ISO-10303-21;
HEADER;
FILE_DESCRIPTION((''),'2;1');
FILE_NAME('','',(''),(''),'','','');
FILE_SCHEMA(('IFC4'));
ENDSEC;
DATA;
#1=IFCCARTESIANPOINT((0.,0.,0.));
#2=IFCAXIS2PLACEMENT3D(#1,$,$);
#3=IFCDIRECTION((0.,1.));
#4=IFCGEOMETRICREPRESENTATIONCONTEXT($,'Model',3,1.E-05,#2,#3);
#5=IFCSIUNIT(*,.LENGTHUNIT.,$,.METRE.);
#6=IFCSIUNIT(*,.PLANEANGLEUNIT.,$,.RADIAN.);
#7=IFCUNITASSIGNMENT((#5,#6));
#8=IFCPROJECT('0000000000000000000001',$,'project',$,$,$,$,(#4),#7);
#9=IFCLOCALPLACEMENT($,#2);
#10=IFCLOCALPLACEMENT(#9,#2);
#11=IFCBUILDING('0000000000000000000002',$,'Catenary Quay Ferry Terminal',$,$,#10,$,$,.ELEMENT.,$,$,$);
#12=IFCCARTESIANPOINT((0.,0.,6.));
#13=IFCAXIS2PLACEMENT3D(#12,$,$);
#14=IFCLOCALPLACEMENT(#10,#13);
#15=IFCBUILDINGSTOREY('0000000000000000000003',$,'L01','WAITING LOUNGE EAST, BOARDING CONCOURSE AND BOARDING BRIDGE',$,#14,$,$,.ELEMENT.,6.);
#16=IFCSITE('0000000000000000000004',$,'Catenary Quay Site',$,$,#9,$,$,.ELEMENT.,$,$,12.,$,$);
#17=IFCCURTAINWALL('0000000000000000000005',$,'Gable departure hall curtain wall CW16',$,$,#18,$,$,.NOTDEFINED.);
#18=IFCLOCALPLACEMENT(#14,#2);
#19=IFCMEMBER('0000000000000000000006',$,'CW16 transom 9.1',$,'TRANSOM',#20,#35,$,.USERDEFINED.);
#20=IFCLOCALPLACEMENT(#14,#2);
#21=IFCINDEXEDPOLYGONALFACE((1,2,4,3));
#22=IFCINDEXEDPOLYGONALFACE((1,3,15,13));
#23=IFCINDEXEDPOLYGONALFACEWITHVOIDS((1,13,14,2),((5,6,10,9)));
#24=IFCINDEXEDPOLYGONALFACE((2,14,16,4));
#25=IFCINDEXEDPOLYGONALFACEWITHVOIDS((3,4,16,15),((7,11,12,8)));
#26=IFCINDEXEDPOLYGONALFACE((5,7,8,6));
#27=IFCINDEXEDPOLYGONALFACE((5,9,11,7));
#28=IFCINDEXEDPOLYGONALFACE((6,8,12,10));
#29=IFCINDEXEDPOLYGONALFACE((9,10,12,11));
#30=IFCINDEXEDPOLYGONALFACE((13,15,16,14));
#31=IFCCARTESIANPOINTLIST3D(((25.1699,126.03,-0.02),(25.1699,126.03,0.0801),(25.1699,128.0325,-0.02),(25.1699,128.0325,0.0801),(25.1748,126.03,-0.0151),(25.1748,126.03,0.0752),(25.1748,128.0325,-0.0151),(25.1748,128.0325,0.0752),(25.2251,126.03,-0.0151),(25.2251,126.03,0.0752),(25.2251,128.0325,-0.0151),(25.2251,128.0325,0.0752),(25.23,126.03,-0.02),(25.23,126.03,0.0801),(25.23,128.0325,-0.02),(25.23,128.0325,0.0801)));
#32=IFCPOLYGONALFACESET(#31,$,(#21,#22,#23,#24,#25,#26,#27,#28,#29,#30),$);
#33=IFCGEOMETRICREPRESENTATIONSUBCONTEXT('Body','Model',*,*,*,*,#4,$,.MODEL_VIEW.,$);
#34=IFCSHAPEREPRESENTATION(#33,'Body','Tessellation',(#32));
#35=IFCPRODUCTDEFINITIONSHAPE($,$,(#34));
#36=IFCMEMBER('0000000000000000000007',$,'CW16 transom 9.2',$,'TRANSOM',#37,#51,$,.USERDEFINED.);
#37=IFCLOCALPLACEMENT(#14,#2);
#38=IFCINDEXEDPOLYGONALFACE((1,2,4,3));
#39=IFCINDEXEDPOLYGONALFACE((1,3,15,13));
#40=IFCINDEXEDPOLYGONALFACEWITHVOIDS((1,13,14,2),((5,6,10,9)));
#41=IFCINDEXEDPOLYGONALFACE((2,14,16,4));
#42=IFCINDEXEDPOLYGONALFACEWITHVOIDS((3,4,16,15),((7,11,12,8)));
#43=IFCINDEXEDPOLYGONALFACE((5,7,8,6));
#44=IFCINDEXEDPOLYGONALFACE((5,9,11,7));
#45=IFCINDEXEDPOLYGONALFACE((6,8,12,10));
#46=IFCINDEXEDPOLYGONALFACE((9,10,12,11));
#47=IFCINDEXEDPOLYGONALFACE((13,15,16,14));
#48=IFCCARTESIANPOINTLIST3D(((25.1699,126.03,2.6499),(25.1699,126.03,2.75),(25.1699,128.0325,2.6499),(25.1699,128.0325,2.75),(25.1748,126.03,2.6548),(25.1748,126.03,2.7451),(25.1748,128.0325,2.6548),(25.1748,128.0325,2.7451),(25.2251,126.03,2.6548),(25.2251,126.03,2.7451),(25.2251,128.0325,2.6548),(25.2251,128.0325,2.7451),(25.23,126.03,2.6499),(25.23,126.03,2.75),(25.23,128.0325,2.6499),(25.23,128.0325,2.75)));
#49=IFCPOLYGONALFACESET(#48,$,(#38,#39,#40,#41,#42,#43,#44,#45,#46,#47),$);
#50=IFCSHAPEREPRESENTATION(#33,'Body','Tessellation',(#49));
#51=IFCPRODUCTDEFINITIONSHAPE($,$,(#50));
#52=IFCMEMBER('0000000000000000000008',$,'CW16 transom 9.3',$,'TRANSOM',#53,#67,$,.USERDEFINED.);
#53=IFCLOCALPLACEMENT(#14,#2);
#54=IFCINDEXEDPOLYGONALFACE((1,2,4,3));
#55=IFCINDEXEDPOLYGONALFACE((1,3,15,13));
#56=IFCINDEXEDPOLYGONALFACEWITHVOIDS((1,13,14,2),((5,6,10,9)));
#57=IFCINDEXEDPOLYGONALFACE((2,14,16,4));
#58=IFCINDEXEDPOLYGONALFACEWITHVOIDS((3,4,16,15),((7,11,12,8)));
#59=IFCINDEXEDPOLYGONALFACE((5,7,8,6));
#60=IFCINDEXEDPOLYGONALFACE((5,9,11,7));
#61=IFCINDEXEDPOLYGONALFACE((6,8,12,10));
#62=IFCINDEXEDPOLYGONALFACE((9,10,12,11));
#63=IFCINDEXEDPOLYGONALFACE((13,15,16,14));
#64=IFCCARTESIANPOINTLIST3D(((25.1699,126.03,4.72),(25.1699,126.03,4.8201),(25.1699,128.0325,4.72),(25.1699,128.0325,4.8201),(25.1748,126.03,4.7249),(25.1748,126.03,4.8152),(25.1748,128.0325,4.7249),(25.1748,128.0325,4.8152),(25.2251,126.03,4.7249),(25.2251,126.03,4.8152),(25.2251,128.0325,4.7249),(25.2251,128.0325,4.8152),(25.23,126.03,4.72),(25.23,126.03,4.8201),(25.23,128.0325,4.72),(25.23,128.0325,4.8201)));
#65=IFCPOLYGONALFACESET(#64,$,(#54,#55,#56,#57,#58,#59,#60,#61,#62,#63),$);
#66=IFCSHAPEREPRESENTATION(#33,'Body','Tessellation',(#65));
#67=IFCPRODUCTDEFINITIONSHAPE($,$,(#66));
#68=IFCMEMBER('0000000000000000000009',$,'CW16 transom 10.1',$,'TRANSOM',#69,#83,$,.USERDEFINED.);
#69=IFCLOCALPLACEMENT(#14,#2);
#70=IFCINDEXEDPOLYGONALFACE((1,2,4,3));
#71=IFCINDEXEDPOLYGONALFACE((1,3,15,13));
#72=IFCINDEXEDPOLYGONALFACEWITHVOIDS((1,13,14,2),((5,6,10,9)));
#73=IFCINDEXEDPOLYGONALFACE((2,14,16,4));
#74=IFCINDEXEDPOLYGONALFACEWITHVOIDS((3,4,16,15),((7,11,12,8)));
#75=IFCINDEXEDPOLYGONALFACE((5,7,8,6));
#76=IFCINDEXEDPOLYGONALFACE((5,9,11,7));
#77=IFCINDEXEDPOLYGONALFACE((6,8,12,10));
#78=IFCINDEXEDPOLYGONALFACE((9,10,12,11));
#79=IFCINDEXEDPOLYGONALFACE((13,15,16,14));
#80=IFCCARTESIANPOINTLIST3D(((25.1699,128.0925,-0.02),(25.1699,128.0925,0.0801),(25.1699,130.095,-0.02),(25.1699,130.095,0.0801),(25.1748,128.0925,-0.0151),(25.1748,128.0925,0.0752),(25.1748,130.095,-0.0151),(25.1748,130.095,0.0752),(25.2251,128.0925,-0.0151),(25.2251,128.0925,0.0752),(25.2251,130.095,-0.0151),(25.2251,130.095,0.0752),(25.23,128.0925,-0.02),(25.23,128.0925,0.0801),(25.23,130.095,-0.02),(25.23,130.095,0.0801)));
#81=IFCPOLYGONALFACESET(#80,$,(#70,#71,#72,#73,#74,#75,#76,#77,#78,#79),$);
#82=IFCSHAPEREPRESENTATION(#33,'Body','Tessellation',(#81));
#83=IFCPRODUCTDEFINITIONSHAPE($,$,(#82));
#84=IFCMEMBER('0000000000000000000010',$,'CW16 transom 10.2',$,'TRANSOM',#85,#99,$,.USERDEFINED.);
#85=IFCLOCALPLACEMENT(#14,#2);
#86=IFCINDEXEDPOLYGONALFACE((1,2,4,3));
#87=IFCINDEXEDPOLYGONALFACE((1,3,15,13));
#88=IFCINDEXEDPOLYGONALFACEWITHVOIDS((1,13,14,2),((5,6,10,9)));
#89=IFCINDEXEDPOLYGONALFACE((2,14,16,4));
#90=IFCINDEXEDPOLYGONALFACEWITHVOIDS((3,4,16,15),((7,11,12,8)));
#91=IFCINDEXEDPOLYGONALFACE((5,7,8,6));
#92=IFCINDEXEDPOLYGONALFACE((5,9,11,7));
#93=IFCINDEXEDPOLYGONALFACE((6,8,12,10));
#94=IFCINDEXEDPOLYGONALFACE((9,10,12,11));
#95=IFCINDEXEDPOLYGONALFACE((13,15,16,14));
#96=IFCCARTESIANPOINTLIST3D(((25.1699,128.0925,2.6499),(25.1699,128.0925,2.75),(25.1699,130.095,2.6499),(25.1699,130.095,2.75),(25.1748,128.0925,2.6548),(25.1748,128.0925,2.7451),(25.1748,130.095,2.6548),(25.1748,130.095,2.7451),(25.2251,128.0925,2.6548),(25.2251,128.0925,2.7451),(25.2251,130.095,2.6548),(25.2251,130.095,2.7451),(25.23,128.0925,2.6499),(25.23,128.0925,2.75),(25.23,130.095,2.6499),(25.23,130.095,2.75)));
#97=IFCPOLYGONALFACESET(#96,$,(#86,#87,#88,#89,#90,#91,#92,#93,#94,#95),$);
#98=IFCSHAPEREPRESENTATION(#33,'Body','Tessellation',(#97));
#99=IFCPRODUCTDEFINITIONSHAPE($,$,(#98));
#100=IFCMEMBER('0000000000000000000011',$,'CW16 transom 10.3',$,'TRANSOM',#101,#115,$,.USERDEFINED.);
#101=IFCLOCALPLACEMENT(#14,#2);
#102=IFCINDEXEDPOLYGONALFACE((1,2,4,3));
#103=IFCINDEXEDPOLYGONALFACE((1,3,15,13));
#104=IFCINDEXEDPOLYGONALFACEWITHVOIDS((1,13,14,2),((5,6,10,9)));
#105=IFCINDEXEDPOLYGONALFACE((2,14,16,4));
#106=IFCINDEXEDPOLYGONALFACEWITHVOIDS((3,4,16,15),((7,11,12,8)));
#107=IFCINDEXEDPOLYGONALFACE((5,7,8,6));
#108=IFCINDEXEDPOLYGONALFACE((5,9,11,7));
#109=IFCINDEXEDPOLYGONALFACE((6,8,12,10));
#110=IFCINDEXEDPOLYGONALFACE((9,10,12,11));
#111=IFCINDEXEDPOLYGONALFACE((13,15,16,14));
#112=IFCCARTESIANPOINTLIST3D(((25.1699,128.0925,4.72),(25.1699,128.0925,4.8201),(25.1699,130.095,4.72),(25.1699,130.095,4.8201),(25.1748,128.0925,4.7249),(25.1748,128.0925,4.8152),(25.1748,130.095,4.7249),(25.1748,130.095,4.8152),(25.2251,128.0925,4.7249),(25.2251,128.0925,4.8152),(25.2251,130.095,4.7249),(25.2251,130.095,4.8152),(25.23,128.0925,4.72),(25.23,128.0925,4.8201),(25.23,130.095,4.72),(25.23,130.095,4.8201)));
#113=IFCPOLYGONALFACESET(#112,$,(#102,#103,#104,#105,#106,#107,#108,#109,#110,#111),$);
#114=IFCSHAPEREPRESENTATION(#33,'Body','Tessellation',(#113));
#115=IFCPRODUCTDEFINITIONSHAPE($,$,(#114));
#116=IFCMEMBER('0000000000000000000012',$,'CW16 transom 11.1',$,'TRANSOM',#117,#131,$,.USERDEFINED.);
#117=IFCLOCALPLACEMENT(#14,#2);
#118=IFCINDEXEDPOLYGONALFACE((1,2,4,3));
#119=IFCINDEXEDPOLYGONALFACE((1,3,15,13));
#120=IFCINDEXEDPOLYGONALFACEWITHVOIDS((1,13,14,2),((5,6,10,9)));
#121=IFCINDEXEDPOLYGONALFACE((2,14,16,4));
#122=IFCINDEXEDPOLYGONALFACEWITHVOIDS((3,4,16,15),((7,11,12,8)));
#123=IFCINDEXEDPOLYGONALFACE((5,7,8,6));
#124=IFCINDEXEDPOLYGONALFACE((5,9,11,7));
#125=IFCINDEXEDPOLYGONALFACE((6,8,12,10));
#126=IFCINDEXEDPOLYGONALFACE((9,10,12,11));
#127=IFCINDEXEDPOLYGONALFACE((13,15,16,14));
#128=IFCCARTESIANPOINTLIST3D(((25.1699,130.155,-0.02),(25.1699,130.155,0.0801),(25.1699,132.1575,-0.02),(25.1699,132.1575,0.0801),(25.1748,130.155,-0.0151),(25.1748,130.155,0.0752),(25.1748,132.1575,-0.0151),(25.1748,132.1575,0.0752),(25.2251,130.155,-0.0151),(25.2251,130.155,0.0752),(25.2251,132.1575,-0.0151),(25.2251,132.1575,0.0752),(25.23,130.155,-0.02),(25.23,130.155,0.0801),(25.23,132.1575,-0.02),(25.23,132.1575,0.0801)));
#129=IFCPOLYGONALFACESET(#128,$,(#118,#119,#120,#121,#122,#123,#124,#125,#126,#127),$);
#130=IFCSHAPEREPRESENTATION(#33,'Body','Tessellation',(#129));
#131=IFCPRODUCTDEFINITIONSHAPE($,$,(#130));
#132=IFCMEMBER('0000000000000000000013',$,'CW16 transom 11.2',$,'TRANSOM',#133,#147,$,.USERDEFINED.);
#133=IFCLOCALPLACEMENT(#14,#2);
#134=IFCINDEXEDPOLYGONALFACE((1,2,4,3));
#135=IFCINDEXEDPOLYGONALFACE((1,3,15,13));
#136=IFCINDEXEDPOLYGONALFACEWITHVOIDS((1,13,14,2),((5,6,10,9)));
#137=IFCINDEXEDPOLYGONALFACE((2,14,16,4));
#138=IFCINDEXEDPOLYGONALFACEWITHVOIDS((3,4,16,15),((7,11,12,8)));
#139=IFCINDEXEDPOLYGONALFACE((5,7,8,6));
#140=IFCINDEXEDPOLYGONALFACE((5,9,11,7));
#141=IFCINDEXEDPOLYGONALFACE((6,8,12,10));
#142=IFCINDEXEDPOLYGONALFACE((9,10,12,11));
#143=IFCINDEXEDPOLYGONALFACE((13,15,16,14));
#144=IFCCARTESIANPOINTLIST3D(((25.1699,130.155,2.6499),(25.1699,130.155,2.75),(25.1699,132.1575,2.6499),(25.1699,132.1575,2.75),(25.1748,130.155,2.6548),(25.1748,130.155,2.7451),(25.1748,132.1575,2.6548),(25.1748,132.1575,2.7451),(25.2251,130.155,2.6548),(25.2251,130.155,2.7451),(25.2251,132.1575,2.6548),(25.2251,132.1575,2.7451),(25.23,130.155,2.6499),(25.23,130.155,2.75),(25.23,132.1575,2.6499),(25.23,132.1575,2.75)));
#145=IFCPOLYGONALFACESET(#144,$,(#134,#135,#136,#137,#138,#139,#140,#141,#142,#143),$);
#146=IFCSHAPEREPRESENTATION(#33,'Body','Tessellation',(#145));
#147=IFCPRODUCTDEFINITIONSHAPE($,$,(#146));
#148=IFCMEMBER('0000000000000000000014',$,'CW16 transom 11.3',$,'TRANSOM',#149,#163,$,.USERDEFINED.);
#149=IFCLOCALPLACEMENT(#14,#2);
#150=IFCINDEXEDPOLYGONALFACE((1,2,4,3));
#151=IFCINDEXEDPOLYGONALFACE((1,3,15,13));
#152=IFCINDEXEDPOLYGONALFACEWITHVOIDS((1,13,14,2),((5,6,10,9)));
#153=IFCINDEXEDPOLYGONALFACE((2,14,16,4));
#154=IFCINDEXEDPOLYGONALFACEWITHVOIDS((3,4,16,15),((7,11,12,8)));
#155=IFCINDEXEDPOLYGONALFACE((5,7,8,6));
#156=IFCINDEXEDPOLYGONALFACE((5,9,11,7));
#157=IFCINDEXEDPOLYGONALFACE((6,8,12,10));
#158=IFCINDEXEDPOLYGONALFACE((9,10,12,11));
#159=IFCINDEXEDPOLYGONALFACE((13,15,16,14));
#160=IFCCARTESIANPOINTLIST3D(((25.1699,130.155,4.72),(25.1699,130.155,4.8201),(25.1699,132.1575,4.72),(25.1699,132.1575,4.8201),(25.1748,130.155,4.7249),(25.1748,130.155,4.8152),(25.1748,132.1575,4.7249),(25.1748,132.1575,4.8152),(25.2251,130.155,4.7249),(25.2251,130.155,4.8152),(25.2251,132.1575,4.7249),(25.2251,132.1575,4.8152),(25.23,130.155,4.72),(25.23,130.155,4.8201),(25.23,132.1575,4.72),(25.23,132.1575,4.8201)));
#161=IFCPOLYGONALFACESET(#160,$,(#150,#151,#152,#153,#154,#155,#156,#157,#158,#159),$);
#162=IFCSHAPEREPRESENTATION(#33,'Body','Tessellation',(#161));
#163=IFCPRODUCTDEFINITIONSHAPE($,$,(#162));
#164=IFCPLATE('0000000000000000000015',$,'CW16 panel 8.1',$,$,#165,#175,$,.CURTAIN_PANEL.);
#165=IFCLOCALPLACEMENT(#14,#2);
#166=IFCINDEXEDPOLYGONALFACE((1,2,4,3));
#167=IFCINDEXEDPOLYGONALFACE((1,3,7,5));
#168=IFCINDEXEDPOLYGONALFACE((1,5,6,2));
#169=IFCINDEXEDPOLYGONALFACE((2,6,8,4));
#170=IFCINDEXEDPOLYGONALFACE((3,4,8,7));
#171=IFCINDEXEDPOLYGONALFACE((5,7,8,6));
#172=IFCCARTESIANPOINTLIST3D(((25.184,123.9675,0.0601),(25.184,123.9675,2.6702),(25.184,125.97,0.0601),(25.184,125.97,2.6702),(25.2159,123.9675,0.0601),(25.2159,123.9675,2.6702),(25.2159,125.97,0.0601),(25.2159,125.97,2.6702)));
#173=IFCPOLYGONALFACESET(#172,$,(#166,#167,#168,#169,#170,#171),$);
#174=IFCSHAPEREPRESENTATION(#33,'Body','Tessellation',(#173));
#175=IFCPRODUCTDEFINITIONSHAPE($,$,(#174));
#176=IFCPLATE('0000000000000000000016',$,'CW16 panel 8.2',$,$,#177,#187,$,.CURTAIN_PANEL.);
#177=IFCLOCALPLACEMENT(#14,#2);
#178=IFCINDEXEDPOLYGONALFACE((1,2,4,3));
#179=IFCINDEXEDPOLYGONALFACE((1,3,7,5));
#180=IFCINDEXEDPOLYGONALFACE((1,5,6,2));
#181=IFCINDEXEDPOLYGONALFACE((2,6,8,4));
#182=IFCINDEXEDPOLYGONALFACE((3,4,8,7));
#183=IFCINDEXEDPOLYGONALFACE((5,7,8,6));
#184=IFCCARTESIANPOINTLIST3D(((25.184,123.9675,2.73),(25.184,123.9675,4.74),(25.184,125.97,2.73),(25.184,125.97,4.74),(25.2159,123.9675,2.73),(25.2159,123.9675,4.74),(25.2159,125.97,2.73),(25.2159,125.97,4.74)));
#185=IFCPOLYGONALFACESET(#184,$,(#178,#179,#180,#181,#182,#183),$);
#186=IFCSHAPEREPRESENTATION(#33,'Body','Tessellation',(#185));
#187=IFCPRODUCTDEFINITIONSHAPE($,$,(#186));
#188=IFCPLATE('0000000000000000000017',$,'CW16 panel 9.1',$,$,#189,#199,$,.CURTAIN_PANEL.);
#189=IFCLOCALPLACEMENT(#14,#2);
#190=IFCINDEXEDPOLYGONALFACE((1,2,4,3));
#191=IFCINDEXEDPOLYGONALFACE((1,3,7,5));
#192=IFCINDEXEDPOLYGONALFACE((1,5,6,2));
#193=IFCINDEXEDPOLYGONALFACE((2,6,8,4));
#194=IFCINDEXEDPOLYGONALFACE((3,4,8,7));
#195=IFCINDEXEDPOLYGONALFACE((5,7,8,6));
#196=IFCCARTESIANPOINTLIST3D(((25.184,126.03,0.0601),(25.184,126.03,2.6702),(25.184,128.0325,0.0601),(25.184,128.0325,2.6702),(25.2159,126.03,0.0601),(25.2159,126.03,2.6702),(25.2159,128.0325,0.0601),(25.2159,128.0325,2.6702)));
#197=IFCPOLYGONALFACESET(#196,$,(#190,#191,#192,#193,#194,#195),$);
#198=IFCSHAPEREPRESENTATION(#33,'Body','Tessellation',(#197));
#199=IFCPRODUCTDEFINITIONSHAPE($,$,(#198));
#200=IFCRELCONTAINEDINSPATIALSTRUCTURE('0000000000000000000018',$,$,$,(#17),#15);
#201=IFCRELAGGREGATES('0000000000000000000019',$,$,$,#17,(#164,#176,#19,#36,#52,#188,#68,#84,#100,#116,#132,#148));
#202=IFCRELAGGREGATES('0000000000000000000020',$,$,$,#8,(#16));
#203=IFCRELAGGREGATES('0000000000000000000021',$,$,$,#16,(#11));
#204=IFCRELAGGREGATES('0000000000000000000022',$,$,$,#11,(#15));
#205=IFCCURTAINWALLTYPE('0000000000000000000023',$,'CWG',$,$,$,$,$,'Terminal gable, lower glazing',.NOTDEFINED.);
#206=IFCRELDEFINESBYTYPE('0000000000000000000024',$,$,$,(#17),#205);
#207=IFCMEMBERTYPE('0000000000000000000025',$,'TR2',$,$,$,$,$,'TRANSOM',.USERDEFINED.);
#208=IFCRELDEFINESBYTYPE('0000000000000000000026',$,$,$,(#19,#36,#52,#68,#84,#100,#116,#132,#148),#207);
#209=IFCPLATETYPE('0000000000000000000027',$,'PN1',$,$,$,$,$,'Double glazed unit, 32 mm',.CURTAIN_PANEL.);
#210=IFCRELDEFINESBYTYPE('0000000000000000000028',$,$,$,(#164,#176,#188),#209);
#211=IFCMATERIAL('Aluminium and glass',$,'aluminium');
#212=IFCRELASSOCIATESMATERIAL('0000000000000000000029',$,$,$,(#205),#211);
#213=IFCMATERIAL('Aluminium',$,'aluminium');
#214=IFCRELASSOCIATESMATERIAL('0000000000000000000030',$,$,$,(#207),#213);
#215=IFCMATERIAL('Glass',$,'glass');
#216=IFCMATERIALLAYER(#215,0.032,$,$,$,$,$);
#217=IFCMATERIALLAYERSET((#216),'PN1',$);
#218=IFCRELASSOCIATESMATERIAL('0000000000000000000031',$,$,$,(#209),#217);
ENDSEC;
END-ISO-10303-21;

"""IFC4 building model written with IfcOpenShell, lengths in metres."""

from ifc_helpers import new_model, si_unit, direction, frame, origin, origin_2d, place, context, subcontext, project, spatial, rectangle, hollow_rectangle, extrude, material, layer, layer_set, material_profile, profile_set, type_object, element, aggregate, save


model = new_model("IFC4")

# Units and contexts
model_context = context("Model", 3, precision=1e-05, world=origin(), true_north=direction((0.0, 1.0)))
body_context = subcontext(model_context, "Body", "Model", "MODEL_VIEW")
ifc_project = project(units=[si_unit("LENGTHUNIT", "METRE"), si_unit("PLANEANGLEUNIT", "RADIAN")], contexts=[model_context])

# Site, building, storey
site_placement = place(None, origin())
site = spatial("IfcSite", under=ifc_project, at=site_placement, Name="Catenary Quay Site", CompositionType="ELEMENT", RefElevation=12.0)
building_placement = place(site_placement, origin())
building = spatial("IfcBuilding", under=site, at=building_placement, Name="Catenary Quay Ferry Terminal", CompositionType="ELEMENT")
storey_placement = place(building_placement, frame((0.0, 0.0, 6.0)))
storey = spatial("IfcBuildingStorey", under=building, at=storey_placement, Name="L01", Description="WAITING LOUNGE EAST, BOARDING CONCOURSE AND BOARDING BRIDGE", CompositionType="ELEMENT", Elevation=6.0)

# Curtain wall, members, plates
ifc_material_1 = material(Name="Aluminium and glass", Category="aluminium")
curtain_wall_type = type_object("IfcCurtainWallType", Name="CWG", ElementType="Terminal gable, lower glazing", PredefinedType="NOTDEFINED", material=ifc_material_1)
curtain_wall_placement = place(storey_placement, origin())
curtain_wall = element("IfcCurtainWall", 1, at=curtain_wall_placement, inside=storey, type_object=curtain_wall_type, Name="Gable departure hall curtain wall CW16", PredefinedType="NOTDEFINED")
ifc_material_2 = material(Name="Aluminium", Category="aluminium")
ifc_material_profile_1 = material_profile(ifc_material_2, hollow_rectangle(XDim=0.0601, YDim=0.1001, WallThickness=0.0049, at=origin_2d()), Name="TR2")
ifc_profile_set_1 = profile_set([ifc_material_profile_1], Name="Aluminium")
member_type_1 = type_object("IfcMemberType", Name="TR2", ElementType="TRANSOM", PredefinedType="USERDEFINED", material=ifc_profile_set_1)
member_1_placement = place(storey_placement, frame((25.2, 126.03, 0.03), z_axis=(0.0, 1.0, 0.0), x_axis=(-1.0, 0.0, 0.0)))
member_1 = element("IfcMember", 2, at=member_1_placement, type_object=member_type_1, Name="CW16 transom 9.1", ObjectType="TRANSOM", PredefinedType="USERDEFINED", context=body_context, shape_type="SweptSolid", body=[
    extrude(hollow_rectangle(XDim=0.0601, YDim=0.1001, WallThickness=0.0049, at=origin_2d()), origin(), (0.0, 0.0, 1.0), 2.0024),
])
member_2_placement = place(storey_placement, frame((25.2, 126.03, 2.7), z_axis=(0.0, 1.0, 0.0), x_axis=(-1.0, 0.0, 0.0)))
member_2 = element("IfcMember", 3, at=member_2_placement, type_object=member_type_1, Name="CW16 transom 9.2", ObjectType="TRANSOM", PredefinedType="USERDEFINED", context=body_context, shape_type="SweptSolid", body=[
    extrude(hollow_rectangle(XDim=0.0601, YDim=0.1001, WallThickness=0.0049, at=origin_2d()), origin(), (0.0, 0.0, 1.0), 2.0024),
])
member_3_placement = place(storey_placement, frame((25.2, 126.03, 4.77), z_axis=(0.0, 1.0, 0.0), x_axis=(-1.0, 0.0, 0.0)))
member_3 = element("IfcMember", 4, at=member_3_placement, type_object=member_type_1, Name="CW16 transom 9.3", ObjectType="TRANSOM", PredefinedType="USERDEFINED", context=body_context, shape_type="SweptSolid", body=[
    extrude(hollow_rectangle(XDim=0.0601, YDim=0.1001, WallThickness=0.0049, at=origin_2d()), origin(), (0.0, 0.0, 1.0), 2.0024),
])
member_4_placement = place(storey_placement, frame((25.2, 128.0925, 0.03), z_axis=(0.0, 1.0, 0.0), x_axis=(-1.0, 0.0, 0.0)))
member_4 = element("IfcMember", 5, at=member_4_placement, type_object=member_type_1, Name="CW16 transom 10.1", ObjectType="TRANSOM", PredefinedType="USERDEFINED", context=body_context, shape_type="SweptSolid", body=[
    extrude(hollow_rectangle(XDim=0.0601, YDim=0.1001, WallThickness=0.0049, at=origin_2d()), origin(), (0.0, 0.0, 1.0), 2.0024),
])
member_5_placement = place(storey_placement, frame((25.2, 128.0925, 2.7), z_axis=(0.0, 1.0, 0.0), x_axis=(-1.0, 0.0, 0.0)))
member_5 = element("IfcMember", 6, at=member_5_placement, type_object=member_type_1, Name="CW16 transom 10.2", ObjectType="TRANSOM", PredefinedType="USERDEFINED", context=body_context, shape_type="SweptSolid", body=[
    extrude(hollow_rectangle(XDim=0.0601, YDim=0.1001, WallThickness=0.0049, at=origin_2d()), origin(), (0.0, 0.0, 1.0), 2.0024),
])
member_6_placement = place(storey_placement, frame((25.2, 128.0925, 4.77), z_axis=(0.0, 1.0, 0.0), x_axis=(-1.0, 0.0, 0.0)))
member_6 = element("IfcMember", 7, at=member_6_placement, type_object=member_type_1, Name="CW16 transom 10.3", ObjectType="TRANSOM", PredefinedType="USERDEFINED", context=body_context, shape_type="SweptSolid", body=[
    extrude(hollow_rectangle(XDim=0.0601, YDim=0.1001, WallThickness=0.0049, at=origin_2d()), origin(), (0.0, 0.0, 1.0), 2.0024),
])
member_7_placement = place(storey_placement, frame((25.2, 130.155, 0.03), z_axis=(0.0, 1.0, 0.0), x_axis=(-1.0, 0.0, 0.0)))
member_7 = element("IfcMember", 8, at=member_7_placement, type_object=member_type_1, Name="CW16 transom 11.1", ObjectType="TRANSOM", PredefinedType="USERDEFINED", context=body_context, shape_type="SweptSolid", body=[
    extrude(hollow_rectangle(XDim=0.0601, YDim=0.1001, WallThickness=0.0049, at=origin_2d()), origin(), (0.0, 0.0, 1.0), 2.0024),
])
member_8_placement = place(storey_placement, frame((25.2, 130.155, 2.7), z_axis=(0.0, 1.0, 0.0), x_axis=(-1.0, 0.0, 0.0)))
member_8 = element("IfcMember", 9, at=member_8_placement, type_object=member_type_1, Name="CW16 transom 11.2", ObjectType="TRANSOM", PredefinedType="USERDEFINED", context=body_context, shape_type="SweptSolid", body=[
    extrude(hollow_rectangle(XDim=0.0601, YDim=0.1001, WallThickness=0.0049, at=origin_2d()), origin(), (0.0, 0.0, 1.0), 2.0024),
])
member_9_placement = place(storey_placement, frame((25.2, 130.155, 4.77), z_axis=(0.0, 1.0, 0.0), x_axis=(-1.0, 0.0, 0.0)))
member_9 = element("IfcMember", 10, at=member_9_placement, type_object=member_type_1, Name="CW16 transom 11.3", ObjectType="TRANSOM", PredefinedType="USERDEFINED", context=body_context, shape_type="SweptSolid", body=[
    extrude(hollow_rectangle(XDim=0.0601, YDim=0.1001, WallThickness=0.0049, at=origin_2d()), origin(), (0.0, 0.0, 1.0), 2.0024),
])
ifc_material_3 = material(Name="Glass", Category="glass")
ifc_layer = layer(ifc_material_3, 0.032)
ifc_layer_set = layer_set([ifc_layer], Name="PN1")
plate_type = type_object("IfcPlateType", Name="PN1", ElementType="Double glazed unit, 32 mm", PredefinedType="CURTAIN_PANEL", material=ifc_layer_set)
plate_1_placement = place(storey_placement, frame((25.2, 124.9688, 0.0601), z_axis=(0.0, 0.0, 1.0), x_axis=(0.0, 1.0, 0.0)))
plate_1 = element("IfcPlate", 11, at=plate_1_placement, type_object=plate_type, Name="CW16 panel 8.1", PredefinedType="CURTAIN_PANEL", context=body_context, shape_type="SweptSolid", body=[
    extrude(rectangle(XDim=2.0024, YDim=0.032, at=origin_2d()), origin(), (0.0, 0.0, 1.0), 2.6101),
])
plate_2_placement = place(storey_placement, frame((25.2, 124.9688, 2.73), z_axis=(0.0, 0.0, 1.0), x_axis=(0.0, 1.0, 0.0)))
plate_2 = element("IfcPlate", 12, at=plate_2_placement, type_object=plate_type, Name="CW16 panel 8.2", PredefinedType="CURTAIN_PANEL", context=body_context, shape_type="SweptSolid", body=[
    extrude(rectangle(XDim=2.0024, YDim=0.032, at=origin_2d()), origin(), (0.0, 0.0, 1.0), 2.01),
])
plate_3_placement = place(storey_placement, frame((25.2, 127.0312, 0.0601), z_axis=(0.0, 0.0, 1.0), x_axis=(0.0, 1.0, 0.0)))
plate_3 = element("IfcPlate", 13, at=plate_3_placement, type_object=plate_type, Name="CW16 panel 9.1", PredefinedType="CURTAIN_PANEL", context=body_context, shape_type="SweptSolid", body=[
    extrude(rectangle(XDim=2.0024, YDim=0.032, at=origin_2d()), origin(), (0.0, 0.0, 1.0), 2.6101),
])
aggregate(curtain_wall, [plate_1, plate_2, member_1, member_2, member_3, plate_3, member_4, member_5, member_6, member_7, member_8, member_9])

save(model, "model.ifc")
